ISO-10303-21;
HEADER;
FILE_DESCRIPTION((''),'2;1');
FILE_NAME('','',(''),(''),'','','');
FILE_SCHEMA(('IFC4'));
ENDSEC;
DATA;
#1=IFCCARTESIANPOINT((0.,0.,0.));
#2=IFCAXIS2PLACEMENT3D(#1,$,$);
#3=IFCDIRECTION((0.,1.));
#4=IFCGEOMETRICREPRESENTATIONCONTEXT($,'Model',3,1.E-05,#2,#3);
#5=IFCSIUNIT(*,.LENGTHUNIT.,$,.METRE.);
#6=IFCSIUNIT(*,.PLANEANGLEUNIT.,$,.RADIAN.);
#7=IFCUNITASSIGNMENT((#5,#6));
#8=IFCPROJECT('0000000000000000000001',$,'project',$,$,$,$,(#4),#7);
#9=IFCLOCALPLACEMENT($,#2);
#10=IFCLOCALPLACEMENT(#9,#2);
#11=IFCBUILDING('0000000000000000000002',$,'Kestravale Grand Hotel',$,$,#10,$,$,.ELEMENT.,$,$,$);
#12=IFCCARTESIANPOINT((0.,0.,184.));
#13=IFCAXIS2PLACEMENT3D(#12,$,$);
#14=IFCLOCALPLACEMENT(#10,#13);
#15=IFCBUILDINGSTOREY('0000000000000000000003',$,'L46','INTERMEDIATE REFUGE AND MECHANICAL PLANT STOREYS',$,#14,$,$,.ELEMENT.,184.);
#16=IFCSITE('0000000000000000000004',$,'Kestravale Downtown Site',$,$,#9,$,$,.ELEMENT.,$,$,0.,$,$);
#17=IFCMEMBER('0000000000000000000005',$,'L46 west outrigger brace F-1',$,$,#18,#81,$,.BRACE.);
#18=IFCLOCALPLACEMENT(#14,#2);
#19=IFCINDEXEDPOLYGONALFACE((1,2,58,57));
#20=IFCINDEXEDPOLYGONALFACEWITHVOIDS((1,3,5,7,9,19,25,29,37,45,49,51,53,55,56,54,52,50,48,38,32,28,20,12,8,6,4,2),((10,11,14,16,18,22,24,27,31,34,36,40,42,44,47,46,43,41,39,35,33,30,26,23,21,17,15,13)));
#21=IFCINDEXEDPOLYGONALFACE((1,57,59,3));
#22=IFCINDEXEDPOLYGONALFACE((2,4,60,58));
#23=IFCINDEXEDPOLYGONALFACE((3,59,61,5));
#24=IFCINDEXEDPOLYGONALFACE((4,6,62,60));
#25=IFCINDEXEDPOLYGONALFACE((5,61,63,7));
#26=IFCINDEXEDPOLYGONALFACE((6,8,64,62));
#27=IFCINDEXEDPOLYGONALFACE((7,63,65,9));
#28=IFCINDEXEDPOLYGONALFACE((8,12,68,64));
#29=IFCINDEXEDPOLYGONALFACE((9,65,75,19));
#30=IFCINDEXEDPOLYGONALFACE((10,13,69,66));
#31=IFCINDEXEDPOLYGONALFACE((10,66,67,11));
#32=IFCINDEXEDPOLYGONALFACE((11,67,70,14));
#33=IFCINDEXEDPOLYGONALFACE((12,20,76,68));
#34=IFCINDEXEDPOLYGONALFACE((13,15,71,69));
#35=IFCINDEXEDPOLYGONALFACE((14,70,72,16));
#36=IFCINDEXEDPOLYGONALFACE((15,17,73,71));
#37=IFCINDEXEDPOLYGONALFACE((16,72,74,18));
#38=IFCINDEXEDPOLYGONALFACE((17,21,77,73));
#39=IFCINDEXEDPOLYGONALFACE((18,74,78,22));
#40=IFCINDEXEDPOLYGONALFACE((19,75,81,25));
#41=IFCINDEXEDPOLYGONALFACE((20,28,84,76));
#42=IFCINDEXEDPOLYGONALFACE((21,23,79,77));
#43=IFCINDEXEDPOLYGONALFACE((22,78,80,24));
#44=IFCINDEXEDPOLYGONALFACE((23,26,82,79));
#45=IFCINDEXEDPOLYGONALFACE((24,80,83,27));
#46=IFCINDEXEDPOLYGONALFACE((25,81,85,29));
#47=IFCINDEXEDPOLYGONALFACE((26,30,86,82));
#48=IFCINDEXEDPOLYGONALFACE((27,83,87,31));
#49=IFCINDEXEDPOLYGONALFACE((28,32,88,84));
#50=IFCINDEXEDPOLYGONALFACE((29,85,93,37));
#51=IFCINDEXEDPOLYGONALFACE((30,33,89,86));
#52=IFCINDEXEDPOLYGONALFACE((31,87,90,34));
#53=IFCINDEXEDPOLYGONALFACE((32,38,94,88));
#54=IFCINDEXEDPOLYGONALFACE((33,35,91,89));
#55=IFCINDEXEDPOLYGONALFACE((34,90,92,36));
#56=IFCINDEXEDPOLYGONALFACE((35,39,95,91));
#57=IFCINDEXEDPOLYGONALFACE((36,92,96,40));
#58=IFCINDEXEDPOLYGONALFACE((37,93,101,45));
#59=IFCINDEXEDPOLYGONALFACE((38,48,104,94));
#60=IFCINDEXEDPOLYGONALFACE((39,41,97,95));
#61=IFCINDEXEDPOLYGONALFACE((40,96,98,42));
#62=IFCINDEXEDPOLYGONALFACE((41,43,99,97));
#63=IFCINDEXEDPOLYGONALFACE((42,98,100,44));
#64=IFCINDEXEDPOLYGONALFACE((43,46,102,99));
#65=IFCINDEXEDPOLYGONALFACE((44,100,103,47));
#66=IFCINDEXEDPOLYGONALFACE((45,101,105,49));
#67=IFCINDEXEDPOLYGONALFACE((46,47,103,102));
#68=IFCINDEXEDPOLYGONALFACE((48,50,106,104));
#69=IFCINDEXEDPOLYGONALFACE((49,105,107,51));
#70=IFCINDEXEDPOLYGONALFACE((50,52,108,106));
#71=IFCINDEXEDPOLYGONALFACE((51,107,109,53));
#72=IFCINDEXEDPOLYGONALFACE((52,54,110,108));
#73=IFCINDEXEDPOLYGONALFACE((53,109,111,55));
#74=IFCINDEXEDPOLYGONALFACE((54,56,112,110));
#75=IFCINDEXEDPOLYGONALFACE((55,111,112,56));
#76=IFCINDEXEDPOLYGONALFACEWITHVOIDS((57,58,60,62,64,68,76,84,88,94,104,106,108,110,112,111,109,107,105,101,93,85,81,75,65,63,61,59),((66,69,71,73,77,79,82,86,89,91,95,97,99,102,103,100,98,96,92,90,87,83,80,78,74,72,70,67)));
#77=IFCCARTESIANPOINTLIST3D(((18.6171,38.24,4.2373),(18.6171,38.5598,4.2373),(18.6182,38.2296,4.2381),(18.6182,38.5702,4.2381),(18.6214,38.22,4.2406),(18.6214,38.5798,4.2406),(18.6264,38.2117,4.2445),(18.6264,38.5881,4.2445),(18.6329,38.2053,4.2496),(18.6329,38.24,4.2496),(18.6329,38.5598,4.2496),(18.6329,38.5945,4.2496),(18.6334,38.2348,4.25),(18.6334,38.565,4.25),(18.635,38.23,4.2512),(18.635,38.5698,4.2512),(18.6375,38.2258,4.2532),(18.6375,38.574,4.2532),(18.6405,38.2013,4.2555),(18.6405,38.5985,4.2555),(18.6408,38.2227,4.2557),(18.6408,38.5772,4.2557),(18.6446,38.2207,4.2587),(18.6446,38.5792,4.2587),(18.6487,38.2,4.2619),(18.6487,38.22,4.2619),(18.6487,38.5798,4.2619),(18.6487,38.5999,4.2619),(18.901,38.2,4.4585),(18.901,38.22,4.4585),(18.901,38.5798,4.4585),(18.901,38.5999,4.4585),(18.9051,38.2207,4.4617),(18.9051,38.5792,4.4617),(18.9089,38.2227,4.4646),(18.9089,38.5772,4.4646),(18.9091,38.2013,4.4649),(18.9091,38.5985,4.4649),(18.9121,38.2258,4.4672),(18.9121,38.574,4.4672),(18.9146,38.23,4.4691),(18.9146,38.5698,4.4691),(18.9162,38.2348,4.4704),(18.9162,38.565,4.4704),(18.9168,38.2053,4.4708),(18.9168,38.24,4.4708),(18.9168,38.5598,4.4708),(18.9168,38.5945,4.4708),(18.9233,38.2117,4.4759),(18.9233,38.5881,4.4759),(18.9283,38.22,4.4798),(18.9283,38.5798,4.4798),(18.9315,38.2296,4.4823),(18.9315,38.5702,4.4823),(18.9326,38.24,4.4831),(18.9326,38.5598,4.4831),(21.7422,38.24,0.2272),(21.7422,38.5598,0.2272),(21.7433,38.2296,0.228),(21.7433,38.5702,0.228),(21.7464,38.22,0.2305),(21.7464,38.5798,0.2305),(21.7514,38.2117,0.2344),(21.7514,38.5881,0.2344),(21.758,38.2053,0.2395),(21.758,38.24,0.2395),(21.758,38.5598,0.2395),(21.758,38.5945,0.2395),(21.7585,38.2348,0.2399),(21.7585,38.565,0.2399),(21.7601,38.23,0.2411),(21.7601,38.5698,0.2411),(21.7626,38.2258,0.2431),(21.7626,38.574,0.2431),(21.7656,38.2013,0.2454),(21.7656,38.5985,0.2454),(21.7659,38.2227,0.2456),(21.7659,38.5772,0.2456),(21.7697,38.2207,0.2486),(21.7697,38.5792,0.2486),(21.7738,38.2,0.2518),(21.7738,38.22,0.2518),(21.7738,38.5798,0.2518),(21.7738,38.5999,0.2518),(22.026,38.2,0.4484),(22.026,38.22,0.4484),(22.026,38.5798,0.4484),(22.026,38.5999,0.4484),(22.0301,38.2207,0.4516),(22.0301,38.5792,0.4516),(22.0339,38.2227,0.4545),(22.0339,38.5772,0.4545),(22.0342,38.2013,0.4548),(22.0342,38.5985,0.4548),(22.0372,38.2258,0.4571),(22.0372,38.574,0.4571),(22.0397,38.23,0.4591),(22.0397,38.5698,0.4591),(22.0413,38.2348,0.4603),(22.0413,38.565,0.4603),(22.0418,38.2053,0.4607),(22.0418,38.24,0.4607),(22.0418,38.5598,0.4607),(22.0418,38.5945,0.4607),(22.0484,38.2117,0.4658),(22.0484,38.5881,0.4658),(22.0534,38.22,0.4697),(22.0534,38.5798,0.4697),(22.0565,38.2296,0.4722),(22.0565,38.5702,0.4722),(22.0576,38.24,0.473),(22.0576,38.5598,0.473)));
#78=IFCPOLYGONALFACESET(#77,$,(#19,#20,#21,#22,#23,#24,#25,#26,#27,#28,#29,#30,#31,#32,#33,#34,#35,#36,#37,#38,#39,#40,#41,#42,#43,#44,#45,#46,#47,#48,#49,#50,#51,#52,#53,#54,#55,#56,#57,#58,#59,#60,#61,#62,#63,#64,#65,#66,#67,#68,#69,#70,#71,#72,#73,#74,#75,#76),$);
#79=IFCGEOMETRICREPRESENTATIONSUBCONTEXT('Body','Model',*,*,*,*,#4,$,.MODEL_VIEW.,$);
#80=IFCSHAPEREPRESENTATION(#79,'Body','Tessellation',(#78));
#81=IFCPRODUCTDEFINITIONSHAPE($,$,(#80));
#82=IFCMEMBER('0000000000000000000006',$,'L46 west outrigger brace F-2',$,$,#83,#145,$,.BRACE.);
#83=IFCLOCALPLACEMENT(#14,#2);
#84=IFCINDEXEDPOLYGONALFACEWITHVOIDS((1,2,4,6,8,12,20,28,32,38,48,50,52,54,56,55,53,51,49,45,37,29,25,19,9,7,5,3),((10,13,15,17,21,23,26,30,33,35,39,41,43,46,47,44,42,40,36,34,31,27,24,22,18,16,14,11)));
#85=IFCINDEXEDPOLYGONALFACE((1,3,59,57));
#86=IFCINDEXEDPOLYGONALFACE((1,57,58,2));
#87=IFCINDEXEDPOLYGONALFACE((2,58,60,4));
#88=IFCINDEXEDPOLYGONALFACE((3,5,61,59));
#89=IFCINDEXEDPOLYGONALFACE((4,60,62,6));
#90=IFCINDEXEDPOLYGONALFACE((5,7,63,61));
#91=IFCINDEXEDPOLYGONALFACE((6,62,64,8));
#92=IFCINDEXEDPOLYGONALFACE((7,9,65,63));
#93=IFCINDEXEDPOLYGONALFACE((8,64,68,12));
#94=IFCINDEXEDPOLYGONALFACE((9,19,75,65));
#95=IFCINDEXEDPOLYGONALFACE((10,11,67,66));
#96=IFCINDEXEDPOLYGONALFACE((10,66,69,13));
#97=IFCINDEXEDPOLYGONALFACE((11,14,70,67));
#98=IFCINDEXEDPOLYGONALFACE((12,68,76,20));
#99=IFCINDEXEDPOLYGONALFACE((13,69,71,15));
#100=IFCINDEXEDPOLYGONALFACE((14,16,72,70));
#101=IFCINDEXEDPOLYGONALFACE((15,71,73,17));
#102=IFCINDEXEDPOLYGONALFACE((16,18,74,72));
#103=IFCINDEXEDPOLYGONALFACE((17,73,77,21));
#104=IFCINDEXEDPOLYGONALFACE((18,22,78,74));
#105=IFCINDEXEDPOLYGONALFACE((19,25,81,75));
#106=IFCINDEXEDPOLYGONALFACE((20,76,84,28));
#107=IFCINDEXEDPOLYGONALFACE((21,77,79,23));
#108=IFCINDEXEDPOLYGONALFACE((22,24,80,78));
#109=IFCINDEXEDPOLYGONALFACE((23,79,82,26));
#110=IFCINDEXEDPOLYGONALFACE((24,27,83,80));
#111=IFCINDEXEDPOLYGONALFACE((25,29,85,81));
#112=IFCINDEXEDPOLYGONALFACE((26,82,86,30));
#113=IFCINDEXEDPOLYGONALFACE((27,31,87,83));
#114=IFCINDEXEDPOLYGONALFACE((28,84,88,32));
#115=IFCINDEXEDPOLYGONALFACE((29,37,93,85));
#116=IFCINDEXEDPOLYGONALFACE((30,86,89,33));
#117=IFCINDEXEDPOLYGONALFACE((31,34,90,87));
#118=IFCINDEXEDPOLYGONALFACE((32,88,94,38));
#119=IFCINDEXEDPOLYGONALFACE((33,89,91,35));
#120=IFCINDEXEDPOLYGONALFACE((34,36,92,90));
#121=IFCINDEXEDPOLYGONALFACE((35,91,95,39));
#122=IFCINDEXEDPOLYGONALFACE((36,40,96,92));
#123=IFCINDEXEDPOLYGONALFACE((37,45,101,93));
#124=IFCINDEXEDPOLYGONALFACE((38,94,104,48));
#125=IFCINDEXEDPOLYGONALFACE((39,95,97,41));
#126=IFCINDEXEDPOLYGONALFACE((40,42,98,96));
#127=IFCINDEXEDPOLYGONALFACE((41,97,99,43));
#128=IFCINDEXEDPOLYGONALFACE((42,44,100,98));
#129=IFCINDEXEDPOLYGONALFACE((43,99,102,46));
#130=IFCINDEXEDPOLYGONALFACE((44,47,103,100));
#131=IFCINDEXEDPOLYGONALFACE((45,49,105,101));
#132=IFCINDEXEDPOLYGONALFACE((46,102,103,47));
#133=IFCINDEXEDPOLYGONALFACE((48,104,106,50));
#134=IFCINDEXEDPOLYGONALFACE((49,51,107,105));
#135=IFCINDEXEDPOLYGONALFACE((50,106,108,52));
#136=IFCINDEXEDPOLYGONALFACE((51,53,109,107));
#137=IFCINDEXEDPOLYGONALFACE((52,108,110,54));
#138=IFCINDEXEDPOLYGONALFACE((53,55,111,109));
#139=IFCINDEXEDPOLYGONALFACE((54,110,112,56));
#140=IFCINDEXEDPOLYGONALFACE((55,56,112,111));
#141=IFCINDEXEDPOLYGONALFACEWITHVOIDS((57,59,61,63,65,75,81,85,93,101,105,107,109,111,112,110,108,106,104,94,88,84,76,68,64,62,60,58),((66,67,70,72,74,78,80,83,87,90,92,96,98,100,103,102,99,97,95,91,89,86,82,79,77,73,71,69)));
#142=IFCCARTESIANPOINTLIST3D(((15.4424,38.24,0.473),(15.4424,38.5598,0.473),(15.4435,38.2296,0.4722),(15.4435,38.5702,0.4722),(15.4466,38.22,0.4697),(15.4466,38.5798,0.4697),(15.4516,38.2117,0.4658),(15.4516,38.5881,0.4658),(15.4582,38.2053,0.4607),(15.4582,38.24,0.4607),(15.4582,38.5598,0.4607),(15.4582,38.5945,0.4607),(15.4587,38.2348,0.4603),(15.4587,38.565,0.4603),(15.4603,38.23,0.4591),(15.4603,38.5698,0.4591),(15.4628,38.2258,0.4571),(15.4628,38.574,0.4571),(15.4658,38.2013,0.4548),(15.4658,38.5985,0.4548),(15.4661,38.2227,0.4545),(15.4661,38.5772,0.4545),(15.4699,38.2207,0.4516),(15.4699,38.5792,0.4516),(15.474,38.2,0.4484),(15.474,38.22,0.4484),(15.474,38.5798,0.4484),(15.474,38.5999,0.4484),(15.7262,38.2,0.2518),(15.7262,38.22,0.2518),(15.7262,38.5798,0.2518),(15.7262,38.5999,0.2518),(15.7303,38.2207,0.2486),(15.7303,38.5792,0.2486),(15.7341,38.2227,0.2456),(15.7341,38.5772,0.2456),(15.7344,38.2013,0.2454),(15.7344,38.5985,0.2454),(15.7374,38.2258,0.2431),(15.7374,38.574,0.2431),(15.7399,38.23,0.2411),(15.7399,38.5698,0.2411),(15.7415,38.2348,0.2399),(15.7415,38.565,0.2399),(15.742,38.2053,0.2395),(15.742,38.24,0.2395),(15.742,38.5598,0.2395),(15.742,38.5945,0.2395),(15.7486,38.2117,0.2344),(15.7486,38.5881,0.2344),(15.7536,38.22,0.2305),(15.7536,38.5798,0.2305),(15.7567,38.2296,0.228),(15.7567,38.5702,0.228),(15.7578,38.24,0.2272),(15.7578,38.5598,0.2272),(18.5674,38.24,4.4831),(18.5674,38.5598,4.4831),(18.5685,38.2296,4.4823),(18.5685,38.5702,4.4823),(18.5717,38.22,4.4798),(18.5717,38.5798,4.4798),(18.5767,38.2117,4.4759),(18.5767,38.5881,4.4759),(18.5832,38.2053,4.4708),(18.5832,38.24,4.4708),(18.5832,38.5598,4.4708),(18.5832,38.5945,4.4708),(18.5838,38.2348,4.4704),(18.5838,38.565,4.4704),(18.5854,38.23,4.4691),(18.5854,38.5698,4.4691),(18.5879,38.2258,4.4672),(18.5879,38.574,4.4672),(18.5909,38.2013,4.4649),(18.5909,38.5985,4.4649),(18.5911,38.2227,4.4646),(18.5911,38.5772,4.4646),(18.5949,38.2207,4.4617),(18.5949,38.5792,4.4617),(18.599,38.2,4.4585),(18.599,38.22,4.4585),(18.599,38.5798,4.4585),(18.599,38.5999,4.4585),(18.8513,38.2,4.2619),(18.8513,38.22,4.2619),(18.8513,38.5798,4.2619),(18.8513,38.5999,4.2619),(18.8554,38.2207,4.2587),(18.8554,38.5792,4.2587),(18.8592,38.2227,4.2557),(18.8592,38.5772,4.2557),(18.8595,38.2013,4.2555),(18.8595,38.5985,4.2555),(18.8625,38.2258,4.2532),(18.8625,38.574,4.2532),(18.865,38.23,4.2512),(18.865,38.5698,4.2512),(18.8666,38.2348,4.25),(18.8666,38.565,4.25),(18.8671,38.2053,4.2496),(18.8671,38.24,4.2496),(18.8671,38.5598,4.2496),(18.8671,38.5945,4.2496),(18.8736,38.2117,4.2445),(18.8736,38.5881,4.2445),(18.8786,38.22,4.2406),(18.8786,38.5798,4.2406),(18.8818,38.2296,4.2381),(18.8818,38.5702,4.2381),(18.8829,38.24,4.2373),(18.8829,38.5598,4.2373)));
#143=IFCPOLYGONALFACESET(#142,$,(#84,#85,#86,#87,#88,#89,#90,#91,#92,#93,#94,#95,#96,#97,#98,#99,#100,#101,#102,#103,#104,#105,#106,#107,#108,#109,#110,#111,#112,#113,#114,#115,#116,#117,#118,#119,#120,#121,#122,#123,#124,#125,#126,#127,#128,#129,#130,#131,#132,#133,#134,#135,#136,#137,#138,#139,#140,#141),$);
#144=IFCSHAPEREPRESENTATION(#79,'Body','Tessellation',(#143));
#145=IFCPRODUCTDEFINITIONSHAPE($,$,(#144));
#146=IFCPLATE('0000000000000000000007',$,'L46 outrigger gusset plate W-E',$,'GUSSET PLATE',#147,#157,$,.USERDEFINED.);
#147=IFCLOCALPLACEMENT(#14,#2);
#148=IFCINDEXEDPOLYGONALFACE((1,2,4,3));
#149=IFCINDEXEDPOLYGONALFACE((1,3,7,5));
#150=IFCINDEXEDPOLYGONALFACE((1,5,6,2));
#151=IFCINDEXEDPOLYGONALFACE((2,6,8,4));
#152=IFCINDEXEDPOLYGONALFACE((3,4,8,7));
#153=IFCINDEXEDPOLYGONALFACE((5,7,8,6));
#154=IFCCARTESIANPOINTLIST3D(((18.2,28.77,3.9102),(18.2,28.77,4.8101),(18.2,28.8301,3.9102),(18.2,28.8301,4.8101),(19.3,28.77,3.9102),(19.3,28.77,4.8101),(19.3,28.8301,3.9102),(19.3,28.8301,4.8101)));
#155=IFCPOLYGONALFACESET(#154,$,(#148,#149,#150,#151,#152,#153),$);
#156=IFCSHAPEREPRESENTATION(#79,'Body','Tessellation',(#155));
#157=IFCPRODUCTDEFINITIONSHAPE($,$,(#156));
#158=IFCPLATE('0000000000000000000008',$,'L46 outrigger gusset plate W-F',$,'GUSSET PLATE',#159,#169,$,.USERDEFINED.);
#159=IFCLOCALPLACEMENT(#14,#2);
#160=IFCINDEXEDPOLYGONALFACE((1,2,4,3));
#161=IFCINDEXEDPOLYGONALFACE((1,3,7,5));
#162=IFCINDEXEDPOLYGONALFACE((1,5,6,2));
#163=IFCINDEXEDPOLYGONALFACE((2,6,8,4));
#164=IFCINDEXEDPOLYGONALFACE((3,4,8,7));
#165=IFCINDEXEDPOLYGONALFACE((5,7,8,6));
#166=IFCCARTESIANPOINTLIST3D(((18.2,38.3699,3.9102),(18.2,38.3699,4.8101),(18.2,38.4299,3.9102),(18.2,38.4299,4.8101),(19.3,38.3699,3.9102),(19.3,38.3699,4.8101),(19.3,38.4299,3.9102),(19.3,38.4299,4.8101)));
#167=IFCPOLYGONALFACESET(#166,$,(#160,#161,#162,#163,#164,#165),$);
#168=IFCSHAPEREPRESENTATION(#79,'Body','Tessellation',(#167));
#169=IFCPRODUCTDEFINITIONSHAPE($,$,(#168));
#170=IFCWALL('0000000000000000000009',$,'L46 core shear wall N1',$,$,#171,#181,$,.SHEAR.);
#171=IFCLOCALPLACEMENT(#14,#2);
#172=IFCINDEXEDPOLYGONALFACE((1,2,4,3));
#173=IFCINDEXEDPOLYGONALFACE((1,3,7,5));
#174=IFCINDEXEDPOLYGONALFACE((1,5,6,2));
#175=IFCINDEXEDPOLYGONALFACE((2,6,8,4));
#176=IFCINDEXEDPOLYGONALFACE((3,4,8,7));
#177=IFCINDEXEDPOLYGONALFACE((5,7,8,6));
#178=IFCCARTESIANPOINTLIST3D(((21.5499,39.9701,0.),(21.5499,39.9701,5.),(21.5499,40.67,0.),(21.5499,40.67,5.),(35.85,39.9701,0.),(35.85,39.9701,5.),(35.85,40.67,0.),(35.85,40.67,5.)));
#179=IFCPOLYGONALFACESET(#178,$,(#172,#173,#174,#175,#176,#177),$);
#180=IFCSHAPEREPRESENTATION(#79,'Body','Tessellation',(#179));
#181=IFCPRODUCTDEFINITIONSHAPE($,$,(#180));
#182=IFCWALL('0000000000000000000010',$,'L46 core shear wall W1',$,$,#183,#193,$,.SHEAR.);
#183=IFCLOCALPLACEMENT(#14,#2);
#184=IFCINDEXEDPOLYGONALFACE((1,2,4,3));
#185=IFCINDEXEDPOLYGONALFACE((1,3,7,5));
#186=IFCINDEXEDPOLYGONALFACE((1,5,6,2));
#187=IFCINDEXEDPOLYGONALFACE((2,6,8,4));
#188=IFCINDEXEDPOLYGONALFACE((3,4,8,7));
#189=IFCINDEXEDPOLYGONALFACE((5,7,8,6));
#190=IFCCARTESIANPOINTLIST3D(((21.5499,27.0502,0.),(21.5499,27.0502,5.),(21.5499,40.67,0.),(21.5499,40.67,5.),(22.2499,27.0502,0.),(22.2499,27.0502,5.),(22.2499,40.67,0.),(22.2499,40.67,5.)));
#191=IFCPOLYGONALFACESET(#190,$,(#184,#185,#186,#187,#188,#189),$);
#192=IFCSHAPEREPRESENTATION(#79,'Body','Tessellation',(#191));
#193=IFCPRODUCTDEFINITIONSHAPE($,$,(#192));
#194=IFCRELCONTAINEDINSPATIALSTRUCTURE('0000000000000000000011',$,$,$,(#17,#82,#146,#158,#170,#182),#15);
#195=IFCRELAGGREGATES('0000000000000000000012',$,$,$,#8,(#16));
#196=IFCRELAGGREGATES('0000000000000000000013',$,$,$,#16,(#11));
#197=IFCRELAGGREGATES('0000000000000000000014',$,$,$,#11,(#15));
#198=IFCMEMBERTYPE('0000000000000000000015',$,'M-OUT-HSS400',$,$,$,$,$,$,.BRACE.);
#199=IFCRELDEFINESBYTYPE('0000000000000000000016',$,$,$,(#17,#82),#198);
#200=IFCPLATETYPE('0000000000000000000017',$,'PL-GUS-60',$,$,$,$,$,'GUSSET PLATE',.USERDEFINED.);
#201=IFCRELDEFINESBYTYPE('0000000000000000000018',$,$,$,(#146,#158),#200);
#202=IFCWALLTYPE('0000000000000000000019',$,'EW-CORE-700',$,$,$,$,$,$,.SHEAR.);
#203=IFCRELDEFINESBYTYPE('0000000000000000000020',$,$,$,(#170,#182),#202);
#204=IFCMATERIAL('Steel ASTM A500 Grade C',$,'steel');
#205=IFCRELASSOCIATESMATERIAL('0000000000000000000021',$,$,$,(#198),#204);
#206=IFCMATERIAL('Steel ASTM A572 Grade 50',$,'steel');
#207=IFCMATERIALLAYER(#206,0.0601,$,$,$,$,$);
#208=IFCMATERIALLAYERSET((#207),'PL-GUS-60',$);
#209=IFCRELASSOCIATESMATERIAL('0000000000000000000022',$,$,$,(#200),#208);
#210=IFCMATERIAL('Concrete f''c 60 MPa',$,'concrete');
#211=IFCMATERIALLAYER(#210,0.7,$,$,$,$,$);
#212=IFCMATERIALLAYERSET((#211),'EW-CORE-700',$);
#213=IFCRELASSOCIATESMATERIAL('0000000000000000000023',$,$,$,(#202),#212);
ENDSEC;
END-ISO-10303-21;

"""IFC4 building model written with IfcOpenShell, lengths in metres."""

from ifc_helpers import new_model, si_unit, direction, frame, frame_2d, origin, origin_2d, place, context, subcontext, project, spatial, rectangle, hollow_rectangle, extrude, material, layer, layer_set, material_profile, profile_set, type_object, element, save


model = new_model("IFC4")

# Units and contexts
model_context = context("Model", 3, precision=1e-05, world=origin(), true_north=direction((0.0, 1.0)))
body_context = subcontext(model_context, "Body", "Model", "MODEL_VIEW")
ifc_project = project(units=[si_unit("LENGTHUNIT", "METRE"), si_unit("PLANEANGLEUNIT", "RADIAN")], contexts=[model_context])

# Site, building, storey
site_placement = place(None, origin())
site = spatial("IfcSite", under=ifc_project, at=site_placement, Name="Kestravale Downtown Site", CompositionType="ELEMENT", RefElevation=0.0)
building_placement = place(site_placement, origin())
building = spatial("IfcBuilding", under=site, at=building_placement, Name="Kestravale Grand Hotel", CompositionType="ELEMENT")
storey_placement = place(building_placement, frame((0.0, 0.0, 184.0)))
storey = spatial("IfcBuildingStorey", under=building, at=storey_placement, Name="L46", Description="INTERMEDIATE REFUGE AND MECHANICAL PLANT STOREYS", CompositionType="ELEMENT", Elevation=184.0)

# Members
ifc_material_1 = material(Name="Steel ASTM A500 Grade C", Category="steel")
ifc_material_profile_1 = material_profile(ifc_material_1, hollow_rectangle(XDim=0.3999, YDim=0.3999, WallThickness=0.02, InnerFilletRadius=0.02, OuterFilletRadius=0.04, at=origin_2d()))
ifc_profile_set_1 = profile_set([ifc_material_profile_1], Name="Steel ASTM A500 Grade C")
member_type_1 = type_object("IfcMemberType", Name="M-OUT-HSS400", PredefinedType="BRACE", material=ifc_profile_set_1)
for number, where, z_axis, x_axis, name in (
    (1, (21.8999, 38.3999, 0.3501), (-0.614688, 0.0, 0.78877), (0.0, -1.0, 0.0), "L46 west outrigger brace F-1"),
    (2, (15.6001, 38.3999, 0.3501), (0.614688, 0.0, 0.78877), (0.0, 1.0, 0.0), "L46 west outrigger brace F-2"),
):
    element("IfcMember", number, at=place(storey_placement, frame(where, z_axis=z_axis, x_axis=x_axis)), inside=storey, type_object=member_type_1, Name=name, PredefinedType="BRACE", context=body_context, shape_type="SweptSolid", body=[
        extrude(hollow_rectangle(XDim=0.3999, YDim=0.3999, WallThickness=0.02, InnerFilletRadius=0.02, OuterFilletRadius=0.04, at=origin_2d()), origin(), (0.0, 0.0, 1.0), 5.084),
    ])

# Plates
ifc_material_2 = material(Name="Steel ASTM A572 Grade 50", Category="steel")
ifc_layer_1 = layer(ifc_material_2, 0.0601)
ifc_layer_set_1 = layer_set([ifc_layer_1], Name="PL-GUS-60")
plate_type = type_object("IfcPlateType", Name="PL-GUS-60", ElementType="GUSSET PLATE", PredefinedType="USERDEFINED", material=ifc_layer_set_1)
for number, where, z_axis, x_axis, name in (
    (3, (18.75, 28.8, 3.9102), (0.0, 0.0, 1.0), (1.0, 0.0, 0.0), "L46 outrigger gusset plate W-E"),
    (4, (18.75, 38.3999, 3.9102), (0.0, 0.0, 1.0), (1.0, 0.0, 0.0), "L46 outrigger gusset plate W-F"),
):
    element("IfcPlate", number, at=place(storey_placement, frame(where, z_axis=z_axis, x_axis=x_axis)), inside=storey, type_object=plate_type, Name=name, ObjectType="GUSSET PLATE", PredefinedType="USERDEFINED", context=body_context, shape_type="SweptSolid", body=[
        extrude(rectangle(XDim=1.1001, YDim=0.0601, at=origin_2d()), origin(), (0.0, 0.0, 1.0), 0.8999),
    ])

# Walls
ifc_material_3 = material(Name="Concrete f'c 60 MPa", Category="concrete")
ifc_layer_2 = layer(ifc_material_3, 0.7)
ifc_layer_set_2 = layer_set([ifc_layer_2], Name="EW-CORE-700")
wall_type_1 = type_object("IfcWallType", Name="EW-CORE-700", PredefinedType="SHEAR", material=ifc_layer_set_2)
wall_1_placement = place(storey_placement, frame((21.55, 40.3201, 0.0), z_axis=(0.0, 0.0, 1.0), x_axis=(1.0, 0.0, 0.0)))
element("IfcWall", 5, at=wall_1_placement, inside=storey, type_object=wall_type_1, Name="L46 core shear wall N1", PredefinedType="SHEAR", context=body_context, shape_type="SweptSolid", body=[
    extrude(rectangle(XDim=14.3, YDim=0.7, at=frame_2d((7.1499, 0.0))), origin(), (0.0, 0.0, 1.0), 5.0),
])
wall_2_placement = place(storey_placement, frame((21.8999, 27.05, 0.0), z_axis=(0.0, 0.0, 1.0), x_axis=(0.0, 1.0, 0.0)))
element("IfcWall", 6, at=wall_2_placement, inside=storey, type_object=wall_type_1, Name="L46 core shear wall W1", PredefinedType="SHEAR", context=body_context, shape_type="SweptSolid", body=[
    extrude(rectangle(XDim=13.6199, YDim=0.7, at=frame_2d((6.8101, 0.0))), origin(), (0.0, 0.0, 1.0), 5.0),
])

save(model, "model.ifc")
